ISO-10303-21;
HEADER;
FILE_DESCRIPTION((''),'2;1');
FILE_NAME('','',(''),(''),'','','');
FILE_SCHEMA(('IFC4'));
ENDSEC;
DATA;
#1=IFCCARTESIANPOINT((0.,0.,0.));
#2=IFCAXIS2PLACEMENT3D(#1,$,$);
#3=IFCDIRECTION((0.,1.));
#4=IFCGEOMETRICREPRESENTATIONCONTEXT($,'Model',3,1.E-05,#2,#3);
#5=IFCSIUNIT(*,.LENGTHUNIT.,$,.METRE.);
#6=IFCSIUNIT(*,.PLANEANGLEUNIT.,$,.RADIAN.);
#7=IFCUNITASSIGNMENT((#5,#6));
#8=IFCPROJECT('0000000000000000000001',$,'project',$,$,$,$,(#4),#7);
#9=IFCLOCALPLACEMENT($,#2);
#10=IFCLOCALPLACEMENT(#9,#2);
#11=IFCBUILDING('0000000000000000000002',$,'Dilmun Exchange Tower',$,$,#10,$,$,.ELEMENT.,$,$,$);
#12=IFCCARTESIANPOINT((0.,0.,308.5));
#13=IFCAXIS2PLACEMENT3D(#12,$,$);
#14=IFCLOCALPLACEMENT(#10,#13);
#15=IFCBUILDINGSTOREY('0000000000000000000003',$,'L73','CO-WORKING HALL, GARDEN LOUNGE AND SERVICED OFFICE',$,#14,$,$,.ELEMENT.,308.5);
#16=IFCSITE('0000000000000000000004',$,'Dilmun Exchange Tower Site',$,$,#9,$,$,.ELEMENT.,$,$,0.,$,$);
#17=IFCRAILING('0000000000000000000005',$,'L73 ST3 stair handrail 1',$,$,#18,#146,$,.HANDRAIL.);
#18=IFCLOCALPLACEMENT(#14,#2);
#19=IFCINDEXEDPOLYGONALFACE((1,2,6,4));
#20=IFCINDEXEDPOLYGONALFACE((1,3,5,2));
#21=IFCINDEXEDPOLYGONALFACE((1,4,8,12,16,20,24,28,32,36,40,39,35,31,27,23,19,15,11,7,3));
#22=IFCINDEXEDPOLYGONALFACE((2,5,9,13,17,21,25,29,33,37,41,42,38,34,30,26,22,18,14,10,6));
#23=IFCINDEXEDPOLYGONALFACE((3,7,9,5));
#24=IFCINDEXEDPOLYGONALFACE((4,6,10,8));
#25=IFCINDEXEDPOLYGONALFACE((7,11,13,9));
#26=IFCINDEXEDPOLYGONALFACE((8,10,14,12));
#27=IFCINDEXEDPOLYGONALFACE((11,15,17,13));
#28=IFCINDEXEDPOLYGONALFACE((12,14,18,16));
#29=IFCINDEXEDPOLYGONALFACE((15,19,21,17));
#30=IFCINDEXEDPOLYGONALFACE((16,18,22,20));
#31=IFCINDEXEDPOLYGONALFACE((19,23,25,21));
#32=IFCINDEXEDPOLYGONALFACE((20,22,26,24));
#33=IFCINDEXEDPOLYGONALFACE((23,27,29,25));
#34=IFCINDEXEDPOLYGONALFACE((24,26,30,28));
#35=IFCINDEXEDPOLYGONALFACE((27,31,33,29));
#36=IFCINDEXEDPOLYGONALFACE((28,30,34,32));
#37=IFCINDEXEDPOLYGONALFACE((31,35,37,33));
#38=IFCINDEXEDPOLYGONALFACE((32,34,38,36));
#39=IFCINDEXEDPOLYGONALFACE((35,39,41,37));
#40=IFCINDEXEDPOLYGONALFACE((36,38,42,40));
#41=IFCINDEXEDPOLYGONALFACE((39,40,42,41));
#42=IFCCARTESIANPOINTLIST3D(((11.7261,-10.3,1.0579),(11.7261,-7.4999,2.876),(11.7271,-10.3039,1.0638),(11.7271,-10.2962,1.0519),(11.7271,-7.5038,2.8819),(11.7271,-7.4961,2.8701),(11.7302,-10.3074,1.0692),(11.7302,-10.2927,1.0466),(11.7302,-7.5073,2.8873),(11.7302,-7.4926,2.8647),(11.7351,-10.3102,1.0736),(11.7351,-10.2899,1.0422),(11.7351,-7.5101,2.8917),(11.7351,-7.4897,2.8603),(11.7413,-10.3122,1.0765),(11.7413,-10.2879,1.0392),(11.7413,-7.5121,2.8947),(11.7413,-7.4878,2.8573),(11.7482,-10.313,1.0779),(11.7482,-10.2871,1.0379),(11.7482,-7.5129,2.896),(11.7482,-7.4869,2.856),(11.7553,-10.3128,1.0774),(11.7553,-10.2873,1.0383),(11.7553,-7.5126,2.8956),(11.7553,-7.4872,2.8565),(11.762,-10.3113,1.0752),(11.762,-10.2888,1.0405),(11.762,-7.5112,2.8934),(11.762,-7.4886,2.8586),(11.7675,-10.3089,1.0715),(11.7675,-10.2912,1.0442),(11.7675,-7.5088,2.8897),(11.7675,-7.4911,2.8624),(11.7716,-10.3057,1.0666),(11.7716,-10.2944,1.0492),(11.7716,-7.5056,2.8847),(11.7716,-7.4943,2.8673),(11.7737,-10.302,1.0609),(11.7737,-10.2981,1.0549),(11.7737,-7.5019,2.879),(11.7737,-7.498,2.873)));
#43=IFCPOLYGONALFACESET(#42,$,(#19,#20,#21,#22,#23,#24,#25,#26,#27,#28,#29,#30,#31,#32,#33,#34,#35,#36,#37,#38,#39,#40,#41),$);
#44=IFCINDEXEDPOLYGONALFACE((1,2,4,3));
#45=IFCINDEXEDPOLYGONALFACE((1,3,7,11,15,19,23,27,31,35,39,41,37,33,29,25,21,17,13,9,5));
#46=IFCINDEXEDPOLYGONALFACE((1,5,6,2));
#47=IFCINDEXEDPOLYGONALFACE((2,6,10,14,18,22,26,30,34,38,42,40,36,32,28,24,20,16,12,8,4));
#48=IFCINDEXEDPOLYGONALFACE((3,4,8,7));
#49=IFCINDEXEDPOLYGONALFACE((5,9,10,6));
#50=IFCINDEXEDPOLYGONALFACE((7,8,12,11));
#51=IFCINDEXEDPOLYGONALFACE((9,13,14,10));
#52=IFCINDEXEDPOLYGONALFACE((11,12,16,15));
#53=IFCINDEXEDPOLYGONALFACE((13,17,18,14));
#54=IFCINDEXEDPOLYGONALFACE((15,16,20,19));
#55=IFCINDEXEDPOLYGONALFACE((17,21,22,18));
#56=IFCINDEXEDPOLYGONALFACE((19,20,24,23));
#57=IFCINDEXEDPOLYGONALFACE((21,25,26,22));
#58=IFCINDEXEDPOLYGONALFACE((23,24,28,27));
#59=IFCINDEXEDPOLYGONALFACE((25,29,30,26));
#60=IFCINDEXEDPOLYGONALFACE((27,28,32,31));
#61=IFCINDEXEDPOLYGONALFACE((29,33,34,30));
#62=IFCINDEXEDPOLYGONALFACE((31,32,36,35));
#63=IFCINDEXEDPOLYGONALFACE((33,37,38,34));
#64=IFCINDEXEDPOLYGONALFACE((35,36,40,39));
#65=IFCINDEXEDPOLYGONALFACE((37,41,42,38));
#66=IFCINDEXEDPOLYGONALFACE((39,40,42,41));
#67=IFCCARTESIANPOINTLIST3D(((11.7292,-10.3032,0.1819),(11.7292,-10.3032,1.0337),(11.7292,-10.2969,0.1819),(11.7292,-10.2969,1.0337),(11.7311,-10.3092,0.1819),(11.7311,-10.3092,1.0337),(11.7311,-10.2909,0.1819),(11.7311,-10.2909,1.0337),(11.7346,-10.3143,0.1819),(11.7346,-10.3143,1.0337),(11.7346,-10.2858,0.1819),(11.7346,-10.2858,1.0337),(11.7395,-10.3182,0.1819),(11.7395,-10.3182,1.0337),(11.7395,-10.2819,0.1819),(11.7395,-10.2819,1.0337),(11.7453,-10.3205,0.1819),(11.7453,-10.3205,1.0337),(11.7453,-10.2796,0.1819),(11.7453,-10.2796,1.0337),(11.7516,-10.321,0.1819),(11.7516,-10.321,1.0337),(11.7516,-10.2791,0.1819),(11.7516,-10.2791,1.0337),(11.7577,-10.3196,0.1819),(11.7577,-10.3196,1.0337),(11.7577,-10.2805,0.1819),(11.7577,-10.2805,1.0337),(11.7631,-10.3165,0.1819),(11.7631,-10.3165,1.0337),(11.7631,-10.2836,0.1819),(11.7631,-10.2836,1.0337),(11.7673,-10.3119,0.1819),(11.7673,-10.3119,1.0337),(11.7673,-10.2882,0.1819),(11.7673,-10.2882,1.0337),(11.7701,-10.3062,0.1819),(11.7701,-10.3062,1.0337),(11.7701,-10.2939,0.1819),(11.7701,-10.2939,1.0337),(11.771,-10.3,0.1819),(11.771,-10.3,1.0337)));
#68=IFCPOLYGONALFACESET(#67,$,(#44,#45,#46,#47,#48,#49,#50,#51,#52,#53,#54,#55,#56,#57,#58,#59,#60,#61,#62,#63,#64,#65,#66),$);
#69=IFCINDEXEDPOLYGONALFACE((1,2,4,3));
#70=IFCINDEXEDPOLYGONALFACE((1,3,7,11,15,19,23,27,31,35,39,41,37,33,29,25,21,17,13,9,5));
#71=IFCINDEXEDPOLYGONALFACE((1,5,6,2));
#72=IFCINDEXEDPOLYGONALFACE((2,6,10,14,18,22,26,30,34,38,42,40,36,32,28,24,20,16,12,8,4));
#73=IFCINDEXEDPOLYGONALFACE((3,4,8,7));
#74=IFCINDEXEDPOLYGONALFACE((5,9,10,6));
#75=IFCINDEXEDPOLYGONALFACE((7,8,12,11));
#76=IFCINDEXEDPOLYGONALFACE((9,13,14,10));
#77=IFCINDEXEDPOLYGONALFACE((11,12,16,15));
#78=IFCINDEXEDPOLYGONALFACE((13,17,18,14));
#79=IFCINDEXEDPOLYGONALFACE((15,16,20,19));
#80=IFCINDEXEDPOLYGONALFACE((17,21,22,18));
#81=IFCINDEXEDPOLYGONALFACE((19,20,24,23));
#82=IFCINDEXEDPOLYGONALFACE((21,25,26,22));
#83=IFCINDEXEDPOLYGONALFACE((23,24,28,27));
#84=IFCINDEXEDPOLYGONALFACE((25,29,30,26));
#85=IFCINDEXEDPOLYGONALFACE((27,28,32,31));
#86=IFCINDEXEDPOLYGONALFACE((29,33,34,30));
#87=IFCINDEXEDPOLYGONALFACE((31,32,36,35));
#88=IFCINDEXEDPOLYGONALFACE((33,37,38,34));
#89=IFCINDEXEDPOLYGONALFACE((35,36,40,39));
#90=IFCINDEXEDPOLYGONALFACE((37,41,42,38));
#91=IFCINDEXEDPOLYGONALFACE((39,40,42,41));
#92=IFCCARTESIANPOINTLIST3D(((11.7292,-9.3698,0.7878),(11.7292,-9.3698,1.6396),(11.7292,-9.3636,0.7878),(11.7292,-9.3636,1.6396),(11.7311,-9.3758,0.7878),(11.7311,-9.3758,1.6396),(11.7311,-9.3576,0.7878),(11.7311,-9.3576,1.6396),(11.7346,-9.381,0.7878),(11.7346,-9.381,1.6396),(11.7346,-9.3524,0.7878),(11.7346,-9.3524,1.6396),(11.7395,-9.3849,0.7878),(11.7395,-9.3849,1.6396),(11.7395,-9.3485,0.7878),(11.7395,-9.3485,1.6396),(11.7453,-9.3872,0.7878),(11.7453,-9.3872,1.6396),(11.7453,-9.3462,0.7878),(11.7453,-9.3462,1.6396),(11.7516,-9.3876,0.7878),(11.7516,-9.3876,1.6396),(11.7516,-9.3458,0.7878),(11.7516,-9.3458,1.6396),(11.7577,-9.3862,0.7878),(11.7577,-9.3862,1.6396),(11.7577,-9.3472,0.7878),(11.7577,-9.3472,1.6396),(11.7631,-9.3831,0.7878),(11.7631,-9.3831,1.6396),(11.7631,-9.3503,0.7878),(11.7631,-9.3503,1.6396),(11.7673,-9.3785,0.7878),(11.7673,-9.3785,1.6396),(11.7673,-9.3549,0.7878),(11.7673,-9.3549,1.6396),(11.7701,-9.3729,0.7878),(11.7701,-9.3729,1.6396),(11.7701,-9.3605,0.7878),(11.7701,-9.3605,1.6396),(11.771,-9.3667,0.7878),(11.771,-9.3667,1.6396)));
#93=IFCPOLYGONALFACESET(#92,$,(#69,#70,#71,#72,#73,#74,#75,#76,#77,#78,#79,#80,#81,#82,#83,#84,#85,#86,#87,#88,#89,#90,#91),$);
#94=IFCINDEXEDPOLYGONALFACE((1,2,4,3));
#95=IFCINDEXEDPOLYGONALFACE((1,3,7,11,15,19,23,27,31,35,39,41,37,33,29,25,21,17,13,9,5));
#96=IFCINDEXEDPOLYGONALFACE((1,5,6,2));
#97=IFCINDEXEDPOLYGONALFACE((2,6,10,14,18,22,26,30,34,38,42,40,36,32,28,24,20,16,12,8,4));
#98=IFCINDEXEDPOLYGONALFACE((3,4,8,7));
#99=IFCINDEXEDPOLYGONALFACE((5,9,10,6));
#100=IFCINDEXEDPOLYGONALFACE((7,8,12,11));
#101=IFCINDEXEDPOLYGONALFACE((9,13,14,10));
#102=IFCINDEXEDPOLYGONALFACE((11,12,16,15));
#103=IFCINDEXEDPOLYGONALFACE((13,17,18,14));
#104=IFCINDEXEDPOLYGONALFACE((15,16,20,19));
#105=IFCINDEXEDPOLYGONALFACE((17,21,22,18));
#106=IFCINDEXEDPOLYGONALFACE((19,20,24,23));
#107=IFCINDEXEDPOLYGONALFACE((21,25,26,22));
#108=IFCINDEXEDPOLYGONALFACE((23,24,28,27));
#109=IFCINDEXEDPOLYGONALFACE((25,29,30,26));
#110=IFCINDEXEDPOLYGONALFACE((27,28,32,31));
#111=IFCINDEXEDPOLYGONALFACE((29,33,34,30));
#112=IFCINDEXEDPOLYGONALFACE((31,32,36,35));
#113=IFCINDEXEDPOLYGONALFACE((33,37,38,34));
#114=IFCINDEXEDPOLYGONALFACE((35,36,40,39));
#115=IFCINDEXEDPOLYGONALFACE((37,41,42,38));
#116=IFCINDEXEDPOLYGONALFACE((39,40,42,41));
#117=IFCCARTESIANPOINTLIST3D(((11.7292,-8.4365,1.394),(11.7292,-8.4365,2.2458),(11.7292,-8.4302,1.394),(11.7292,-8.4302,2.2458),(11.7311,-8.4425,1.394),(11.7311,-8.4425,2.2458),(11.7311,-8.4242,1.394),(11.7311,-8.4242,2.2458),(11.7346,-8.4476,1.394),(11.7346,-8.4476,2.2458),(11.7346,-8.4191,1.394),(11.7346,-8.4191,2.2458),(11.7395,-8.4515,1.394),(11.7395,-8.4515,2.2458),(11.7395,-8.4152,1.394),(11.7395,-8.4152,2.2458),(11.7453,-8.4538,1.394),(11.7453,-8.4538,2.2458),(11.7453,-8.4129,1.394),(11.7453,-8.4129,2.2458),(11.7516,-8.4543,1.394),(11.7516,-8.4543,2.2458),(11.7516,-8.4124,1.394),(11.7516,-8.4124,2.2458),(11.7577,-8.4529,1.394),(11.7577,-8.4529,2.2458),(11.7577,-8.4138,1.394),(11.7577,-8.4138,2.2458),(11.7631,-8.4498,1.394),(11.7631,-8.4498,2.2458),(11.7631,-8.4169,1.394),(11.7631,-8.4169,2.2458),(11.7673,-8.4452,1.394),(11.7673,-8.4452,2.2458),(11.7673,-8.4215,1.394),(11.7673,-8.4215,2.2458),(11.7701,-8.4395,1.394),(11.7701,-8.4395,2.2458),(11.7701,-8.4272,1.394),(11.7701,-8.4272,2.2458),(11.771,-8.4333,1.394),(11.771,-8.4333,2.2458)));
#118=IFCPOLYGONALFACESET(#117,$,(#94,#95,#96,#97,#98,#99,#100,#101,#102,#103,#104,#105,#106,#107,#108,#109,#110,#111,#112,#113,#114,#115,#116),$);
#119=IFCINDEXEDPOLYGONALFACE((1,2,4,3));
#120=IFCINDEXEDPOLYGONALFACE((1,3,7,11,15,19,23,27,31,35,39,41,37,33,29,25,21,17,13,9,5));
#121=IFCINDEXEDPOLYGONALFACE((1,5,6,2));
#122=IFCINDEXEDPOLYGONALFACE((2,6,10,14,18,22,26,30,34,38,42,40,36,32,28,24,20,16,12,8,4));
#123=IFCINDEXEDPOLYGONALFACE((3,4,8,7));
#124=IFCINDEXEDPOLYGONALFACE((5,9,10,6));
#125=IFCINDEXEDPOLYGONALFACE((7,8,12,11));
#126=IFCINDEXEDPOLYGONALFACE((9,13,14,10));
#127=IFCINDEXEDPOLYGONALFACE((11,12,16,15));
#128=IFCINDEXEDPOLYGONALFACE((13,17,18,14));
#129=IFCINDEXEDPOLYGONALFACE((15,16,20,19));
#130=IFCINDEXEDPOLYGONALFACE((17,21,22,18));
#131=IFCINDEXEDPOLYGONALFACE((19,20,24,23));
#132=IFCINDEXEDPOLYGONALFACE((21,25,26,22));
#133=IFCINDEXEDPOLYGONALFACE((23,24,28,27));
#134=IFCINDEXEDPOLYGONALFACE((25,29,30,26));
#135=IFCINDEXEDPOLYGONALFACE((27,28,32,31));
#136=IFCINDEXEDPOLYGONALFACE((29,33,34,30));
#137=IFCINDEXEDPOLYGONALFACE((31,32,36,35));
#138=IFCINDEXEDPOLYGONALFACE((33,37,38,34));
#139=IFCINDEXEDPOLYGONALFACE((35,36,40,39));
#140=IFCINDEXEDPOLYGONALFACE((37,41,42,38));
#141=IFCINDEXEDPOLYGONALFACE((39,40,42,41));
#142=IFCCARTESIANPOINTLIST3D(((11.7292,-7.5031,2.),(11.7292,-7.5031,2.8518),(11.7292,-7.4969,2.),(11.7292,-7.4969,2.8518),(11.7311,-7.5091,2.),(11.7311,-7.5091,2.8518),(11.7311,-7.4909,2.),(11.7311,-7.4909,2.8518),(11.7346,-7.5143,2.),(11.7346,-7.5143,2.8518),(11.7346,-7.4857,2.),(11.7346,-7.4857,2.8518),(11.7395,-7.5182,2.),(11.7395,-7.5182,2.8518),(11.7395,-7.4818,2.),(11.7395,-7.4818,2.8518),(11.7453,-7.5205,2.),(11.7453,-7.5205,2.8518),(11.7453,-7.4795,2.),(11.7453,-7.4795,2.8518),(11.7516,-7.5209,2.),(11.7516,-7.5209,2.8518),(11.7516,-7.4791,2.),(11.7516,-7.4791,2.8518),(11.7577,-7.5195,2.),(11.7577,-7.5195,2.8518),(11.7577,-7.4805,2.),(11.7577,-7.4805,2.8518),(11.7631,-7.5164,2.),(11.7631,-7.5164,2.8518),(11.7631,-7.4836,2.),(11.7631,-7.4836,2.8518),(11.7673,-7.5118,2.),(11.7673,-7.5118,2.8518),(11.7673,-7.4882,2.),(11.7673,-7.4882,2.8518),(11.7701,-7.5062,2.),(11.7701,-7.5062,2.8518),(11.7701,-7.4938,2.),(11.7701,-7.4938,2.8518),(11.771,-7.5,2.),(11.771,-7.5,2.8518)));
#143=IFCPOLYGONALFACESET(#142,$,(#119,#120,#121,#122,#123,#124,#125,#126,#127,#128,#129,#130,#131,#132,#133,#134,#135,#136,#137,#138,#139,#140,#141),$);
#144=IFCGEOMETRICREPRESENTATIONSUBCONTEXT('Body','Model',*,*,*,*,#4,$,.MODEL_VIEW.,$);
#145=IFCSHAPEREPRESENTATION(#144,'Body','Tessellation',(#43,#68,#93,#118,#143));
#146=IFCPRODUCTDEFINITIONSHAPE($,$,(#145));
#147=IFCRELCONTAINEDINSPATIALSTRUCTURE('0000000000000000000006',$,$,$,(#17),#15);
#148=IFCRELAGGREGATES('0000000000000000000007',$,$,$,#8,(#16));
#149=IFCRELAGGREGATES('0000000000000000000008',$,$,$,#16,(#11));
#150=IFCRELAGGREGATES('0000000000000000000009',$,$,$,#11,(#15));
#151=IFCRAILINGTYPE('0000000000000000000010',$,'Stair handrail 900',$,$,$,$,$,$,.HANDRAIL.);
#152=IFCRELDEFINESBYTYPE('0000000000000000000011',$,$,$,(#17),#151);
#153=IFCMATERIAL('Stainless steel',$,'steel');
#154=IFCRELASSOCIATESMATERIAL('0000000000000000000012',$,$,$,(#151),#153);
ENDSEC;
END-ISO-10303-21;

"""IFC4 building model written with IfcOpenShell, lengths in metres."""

from ifc_helpers import new_model, si_unit, direction, frame, origin, origin_2d, place, context, subcontext, project, spatial, circle, extrude, material, type_object, element, save


model = new_model("IFC4")

# Units and contexts
model_context = context("Model", 3, precision=1e-05, world=origin(), true_north=direction((0.0, 1.0)))
body_context = subcontext(model_context, "Body", "Model", "MODEL_VIEW")
ifc_project = project(units=[si_unit("LENGTHUNIT", "METRE"), si_unit("PLANEANGLEUNIT", "RADIAN")], contexts=[model_context])

# Site, building, storey
site_placement = place(None, origin())
site = spatial("IfcSite", under=ifc_project, at=site_placement, Name="Dilmun Exchange Tower Site", CompositionType="ELEMENT", RefElevation=0.0)
building_placement = place(site_placement, origin())
building = spatial("IfcBuilding", under=site, at=building_placement, Name="Dilmun Exchange Tower", CompositionType="ELEMENT")
storey_placement = place(building_placement, frame((0.0, 0.0, 308.5)))
storey = spatial("IfcBuildingStorey", under=building, at=storey_placement, Name="L73", Description="CO-WORKING HALL, GARDEN LOUNGE AND SERVICED OFFICE", CompositionType="ELEMENT", Elevation=308.5)

# Railing
ifc_material_1 = material(Name="Stainless steel", Category="steel")
railing_type = type_object("IfcRailingType", Name="Stair handrail 900", PredefinedType="HANDRAIL", material=ifc_material_1)
railing_placement = place(storey_placement, frame((11.75, -10.3, 0.1819)))
element("IfcRailing", 1, at=railing_placement, inside=storey, type_object=railing_type, Name="L73 ST3 stair handrail 1", PredefinedType="HANDRAIL", context=body_context, shape_type="SweptSolid", body=[
    extrude(circle(Radius=0.0239, at=origin_2d()), frame((0.0, 0.0, 0.876), z_axis=(0.0, 0.838706, 0.544585), x_axis=(-1.0, 0.0, 0.0)), (0.0, 0.0, 1.0), 3.3386),
    extrude(circle(Radius=0.021, at=origin_2d()), origin(), (0.0, 0.0, 1.0), 0.8518),
    extrude(circle(Radius=0.021, at=origin_2d()), frame((0.0, 0.9333, 0.606)), (0.0, 0.0, 1.0), 0.8518),
    extrude(circle(Radius=0.021, at=origin_2d()), frame((0.0, 1.8667, 1.2122)), (0.0, 0.0, 1.0), 0.8518),
    extrude(circle(Radius=0.021, at=origin_2d()), frame((0.0, 2.8, 1.8181)), (0.0, 0.0, 1.0), 0.8518),
])

save(model, "model.ifc")
